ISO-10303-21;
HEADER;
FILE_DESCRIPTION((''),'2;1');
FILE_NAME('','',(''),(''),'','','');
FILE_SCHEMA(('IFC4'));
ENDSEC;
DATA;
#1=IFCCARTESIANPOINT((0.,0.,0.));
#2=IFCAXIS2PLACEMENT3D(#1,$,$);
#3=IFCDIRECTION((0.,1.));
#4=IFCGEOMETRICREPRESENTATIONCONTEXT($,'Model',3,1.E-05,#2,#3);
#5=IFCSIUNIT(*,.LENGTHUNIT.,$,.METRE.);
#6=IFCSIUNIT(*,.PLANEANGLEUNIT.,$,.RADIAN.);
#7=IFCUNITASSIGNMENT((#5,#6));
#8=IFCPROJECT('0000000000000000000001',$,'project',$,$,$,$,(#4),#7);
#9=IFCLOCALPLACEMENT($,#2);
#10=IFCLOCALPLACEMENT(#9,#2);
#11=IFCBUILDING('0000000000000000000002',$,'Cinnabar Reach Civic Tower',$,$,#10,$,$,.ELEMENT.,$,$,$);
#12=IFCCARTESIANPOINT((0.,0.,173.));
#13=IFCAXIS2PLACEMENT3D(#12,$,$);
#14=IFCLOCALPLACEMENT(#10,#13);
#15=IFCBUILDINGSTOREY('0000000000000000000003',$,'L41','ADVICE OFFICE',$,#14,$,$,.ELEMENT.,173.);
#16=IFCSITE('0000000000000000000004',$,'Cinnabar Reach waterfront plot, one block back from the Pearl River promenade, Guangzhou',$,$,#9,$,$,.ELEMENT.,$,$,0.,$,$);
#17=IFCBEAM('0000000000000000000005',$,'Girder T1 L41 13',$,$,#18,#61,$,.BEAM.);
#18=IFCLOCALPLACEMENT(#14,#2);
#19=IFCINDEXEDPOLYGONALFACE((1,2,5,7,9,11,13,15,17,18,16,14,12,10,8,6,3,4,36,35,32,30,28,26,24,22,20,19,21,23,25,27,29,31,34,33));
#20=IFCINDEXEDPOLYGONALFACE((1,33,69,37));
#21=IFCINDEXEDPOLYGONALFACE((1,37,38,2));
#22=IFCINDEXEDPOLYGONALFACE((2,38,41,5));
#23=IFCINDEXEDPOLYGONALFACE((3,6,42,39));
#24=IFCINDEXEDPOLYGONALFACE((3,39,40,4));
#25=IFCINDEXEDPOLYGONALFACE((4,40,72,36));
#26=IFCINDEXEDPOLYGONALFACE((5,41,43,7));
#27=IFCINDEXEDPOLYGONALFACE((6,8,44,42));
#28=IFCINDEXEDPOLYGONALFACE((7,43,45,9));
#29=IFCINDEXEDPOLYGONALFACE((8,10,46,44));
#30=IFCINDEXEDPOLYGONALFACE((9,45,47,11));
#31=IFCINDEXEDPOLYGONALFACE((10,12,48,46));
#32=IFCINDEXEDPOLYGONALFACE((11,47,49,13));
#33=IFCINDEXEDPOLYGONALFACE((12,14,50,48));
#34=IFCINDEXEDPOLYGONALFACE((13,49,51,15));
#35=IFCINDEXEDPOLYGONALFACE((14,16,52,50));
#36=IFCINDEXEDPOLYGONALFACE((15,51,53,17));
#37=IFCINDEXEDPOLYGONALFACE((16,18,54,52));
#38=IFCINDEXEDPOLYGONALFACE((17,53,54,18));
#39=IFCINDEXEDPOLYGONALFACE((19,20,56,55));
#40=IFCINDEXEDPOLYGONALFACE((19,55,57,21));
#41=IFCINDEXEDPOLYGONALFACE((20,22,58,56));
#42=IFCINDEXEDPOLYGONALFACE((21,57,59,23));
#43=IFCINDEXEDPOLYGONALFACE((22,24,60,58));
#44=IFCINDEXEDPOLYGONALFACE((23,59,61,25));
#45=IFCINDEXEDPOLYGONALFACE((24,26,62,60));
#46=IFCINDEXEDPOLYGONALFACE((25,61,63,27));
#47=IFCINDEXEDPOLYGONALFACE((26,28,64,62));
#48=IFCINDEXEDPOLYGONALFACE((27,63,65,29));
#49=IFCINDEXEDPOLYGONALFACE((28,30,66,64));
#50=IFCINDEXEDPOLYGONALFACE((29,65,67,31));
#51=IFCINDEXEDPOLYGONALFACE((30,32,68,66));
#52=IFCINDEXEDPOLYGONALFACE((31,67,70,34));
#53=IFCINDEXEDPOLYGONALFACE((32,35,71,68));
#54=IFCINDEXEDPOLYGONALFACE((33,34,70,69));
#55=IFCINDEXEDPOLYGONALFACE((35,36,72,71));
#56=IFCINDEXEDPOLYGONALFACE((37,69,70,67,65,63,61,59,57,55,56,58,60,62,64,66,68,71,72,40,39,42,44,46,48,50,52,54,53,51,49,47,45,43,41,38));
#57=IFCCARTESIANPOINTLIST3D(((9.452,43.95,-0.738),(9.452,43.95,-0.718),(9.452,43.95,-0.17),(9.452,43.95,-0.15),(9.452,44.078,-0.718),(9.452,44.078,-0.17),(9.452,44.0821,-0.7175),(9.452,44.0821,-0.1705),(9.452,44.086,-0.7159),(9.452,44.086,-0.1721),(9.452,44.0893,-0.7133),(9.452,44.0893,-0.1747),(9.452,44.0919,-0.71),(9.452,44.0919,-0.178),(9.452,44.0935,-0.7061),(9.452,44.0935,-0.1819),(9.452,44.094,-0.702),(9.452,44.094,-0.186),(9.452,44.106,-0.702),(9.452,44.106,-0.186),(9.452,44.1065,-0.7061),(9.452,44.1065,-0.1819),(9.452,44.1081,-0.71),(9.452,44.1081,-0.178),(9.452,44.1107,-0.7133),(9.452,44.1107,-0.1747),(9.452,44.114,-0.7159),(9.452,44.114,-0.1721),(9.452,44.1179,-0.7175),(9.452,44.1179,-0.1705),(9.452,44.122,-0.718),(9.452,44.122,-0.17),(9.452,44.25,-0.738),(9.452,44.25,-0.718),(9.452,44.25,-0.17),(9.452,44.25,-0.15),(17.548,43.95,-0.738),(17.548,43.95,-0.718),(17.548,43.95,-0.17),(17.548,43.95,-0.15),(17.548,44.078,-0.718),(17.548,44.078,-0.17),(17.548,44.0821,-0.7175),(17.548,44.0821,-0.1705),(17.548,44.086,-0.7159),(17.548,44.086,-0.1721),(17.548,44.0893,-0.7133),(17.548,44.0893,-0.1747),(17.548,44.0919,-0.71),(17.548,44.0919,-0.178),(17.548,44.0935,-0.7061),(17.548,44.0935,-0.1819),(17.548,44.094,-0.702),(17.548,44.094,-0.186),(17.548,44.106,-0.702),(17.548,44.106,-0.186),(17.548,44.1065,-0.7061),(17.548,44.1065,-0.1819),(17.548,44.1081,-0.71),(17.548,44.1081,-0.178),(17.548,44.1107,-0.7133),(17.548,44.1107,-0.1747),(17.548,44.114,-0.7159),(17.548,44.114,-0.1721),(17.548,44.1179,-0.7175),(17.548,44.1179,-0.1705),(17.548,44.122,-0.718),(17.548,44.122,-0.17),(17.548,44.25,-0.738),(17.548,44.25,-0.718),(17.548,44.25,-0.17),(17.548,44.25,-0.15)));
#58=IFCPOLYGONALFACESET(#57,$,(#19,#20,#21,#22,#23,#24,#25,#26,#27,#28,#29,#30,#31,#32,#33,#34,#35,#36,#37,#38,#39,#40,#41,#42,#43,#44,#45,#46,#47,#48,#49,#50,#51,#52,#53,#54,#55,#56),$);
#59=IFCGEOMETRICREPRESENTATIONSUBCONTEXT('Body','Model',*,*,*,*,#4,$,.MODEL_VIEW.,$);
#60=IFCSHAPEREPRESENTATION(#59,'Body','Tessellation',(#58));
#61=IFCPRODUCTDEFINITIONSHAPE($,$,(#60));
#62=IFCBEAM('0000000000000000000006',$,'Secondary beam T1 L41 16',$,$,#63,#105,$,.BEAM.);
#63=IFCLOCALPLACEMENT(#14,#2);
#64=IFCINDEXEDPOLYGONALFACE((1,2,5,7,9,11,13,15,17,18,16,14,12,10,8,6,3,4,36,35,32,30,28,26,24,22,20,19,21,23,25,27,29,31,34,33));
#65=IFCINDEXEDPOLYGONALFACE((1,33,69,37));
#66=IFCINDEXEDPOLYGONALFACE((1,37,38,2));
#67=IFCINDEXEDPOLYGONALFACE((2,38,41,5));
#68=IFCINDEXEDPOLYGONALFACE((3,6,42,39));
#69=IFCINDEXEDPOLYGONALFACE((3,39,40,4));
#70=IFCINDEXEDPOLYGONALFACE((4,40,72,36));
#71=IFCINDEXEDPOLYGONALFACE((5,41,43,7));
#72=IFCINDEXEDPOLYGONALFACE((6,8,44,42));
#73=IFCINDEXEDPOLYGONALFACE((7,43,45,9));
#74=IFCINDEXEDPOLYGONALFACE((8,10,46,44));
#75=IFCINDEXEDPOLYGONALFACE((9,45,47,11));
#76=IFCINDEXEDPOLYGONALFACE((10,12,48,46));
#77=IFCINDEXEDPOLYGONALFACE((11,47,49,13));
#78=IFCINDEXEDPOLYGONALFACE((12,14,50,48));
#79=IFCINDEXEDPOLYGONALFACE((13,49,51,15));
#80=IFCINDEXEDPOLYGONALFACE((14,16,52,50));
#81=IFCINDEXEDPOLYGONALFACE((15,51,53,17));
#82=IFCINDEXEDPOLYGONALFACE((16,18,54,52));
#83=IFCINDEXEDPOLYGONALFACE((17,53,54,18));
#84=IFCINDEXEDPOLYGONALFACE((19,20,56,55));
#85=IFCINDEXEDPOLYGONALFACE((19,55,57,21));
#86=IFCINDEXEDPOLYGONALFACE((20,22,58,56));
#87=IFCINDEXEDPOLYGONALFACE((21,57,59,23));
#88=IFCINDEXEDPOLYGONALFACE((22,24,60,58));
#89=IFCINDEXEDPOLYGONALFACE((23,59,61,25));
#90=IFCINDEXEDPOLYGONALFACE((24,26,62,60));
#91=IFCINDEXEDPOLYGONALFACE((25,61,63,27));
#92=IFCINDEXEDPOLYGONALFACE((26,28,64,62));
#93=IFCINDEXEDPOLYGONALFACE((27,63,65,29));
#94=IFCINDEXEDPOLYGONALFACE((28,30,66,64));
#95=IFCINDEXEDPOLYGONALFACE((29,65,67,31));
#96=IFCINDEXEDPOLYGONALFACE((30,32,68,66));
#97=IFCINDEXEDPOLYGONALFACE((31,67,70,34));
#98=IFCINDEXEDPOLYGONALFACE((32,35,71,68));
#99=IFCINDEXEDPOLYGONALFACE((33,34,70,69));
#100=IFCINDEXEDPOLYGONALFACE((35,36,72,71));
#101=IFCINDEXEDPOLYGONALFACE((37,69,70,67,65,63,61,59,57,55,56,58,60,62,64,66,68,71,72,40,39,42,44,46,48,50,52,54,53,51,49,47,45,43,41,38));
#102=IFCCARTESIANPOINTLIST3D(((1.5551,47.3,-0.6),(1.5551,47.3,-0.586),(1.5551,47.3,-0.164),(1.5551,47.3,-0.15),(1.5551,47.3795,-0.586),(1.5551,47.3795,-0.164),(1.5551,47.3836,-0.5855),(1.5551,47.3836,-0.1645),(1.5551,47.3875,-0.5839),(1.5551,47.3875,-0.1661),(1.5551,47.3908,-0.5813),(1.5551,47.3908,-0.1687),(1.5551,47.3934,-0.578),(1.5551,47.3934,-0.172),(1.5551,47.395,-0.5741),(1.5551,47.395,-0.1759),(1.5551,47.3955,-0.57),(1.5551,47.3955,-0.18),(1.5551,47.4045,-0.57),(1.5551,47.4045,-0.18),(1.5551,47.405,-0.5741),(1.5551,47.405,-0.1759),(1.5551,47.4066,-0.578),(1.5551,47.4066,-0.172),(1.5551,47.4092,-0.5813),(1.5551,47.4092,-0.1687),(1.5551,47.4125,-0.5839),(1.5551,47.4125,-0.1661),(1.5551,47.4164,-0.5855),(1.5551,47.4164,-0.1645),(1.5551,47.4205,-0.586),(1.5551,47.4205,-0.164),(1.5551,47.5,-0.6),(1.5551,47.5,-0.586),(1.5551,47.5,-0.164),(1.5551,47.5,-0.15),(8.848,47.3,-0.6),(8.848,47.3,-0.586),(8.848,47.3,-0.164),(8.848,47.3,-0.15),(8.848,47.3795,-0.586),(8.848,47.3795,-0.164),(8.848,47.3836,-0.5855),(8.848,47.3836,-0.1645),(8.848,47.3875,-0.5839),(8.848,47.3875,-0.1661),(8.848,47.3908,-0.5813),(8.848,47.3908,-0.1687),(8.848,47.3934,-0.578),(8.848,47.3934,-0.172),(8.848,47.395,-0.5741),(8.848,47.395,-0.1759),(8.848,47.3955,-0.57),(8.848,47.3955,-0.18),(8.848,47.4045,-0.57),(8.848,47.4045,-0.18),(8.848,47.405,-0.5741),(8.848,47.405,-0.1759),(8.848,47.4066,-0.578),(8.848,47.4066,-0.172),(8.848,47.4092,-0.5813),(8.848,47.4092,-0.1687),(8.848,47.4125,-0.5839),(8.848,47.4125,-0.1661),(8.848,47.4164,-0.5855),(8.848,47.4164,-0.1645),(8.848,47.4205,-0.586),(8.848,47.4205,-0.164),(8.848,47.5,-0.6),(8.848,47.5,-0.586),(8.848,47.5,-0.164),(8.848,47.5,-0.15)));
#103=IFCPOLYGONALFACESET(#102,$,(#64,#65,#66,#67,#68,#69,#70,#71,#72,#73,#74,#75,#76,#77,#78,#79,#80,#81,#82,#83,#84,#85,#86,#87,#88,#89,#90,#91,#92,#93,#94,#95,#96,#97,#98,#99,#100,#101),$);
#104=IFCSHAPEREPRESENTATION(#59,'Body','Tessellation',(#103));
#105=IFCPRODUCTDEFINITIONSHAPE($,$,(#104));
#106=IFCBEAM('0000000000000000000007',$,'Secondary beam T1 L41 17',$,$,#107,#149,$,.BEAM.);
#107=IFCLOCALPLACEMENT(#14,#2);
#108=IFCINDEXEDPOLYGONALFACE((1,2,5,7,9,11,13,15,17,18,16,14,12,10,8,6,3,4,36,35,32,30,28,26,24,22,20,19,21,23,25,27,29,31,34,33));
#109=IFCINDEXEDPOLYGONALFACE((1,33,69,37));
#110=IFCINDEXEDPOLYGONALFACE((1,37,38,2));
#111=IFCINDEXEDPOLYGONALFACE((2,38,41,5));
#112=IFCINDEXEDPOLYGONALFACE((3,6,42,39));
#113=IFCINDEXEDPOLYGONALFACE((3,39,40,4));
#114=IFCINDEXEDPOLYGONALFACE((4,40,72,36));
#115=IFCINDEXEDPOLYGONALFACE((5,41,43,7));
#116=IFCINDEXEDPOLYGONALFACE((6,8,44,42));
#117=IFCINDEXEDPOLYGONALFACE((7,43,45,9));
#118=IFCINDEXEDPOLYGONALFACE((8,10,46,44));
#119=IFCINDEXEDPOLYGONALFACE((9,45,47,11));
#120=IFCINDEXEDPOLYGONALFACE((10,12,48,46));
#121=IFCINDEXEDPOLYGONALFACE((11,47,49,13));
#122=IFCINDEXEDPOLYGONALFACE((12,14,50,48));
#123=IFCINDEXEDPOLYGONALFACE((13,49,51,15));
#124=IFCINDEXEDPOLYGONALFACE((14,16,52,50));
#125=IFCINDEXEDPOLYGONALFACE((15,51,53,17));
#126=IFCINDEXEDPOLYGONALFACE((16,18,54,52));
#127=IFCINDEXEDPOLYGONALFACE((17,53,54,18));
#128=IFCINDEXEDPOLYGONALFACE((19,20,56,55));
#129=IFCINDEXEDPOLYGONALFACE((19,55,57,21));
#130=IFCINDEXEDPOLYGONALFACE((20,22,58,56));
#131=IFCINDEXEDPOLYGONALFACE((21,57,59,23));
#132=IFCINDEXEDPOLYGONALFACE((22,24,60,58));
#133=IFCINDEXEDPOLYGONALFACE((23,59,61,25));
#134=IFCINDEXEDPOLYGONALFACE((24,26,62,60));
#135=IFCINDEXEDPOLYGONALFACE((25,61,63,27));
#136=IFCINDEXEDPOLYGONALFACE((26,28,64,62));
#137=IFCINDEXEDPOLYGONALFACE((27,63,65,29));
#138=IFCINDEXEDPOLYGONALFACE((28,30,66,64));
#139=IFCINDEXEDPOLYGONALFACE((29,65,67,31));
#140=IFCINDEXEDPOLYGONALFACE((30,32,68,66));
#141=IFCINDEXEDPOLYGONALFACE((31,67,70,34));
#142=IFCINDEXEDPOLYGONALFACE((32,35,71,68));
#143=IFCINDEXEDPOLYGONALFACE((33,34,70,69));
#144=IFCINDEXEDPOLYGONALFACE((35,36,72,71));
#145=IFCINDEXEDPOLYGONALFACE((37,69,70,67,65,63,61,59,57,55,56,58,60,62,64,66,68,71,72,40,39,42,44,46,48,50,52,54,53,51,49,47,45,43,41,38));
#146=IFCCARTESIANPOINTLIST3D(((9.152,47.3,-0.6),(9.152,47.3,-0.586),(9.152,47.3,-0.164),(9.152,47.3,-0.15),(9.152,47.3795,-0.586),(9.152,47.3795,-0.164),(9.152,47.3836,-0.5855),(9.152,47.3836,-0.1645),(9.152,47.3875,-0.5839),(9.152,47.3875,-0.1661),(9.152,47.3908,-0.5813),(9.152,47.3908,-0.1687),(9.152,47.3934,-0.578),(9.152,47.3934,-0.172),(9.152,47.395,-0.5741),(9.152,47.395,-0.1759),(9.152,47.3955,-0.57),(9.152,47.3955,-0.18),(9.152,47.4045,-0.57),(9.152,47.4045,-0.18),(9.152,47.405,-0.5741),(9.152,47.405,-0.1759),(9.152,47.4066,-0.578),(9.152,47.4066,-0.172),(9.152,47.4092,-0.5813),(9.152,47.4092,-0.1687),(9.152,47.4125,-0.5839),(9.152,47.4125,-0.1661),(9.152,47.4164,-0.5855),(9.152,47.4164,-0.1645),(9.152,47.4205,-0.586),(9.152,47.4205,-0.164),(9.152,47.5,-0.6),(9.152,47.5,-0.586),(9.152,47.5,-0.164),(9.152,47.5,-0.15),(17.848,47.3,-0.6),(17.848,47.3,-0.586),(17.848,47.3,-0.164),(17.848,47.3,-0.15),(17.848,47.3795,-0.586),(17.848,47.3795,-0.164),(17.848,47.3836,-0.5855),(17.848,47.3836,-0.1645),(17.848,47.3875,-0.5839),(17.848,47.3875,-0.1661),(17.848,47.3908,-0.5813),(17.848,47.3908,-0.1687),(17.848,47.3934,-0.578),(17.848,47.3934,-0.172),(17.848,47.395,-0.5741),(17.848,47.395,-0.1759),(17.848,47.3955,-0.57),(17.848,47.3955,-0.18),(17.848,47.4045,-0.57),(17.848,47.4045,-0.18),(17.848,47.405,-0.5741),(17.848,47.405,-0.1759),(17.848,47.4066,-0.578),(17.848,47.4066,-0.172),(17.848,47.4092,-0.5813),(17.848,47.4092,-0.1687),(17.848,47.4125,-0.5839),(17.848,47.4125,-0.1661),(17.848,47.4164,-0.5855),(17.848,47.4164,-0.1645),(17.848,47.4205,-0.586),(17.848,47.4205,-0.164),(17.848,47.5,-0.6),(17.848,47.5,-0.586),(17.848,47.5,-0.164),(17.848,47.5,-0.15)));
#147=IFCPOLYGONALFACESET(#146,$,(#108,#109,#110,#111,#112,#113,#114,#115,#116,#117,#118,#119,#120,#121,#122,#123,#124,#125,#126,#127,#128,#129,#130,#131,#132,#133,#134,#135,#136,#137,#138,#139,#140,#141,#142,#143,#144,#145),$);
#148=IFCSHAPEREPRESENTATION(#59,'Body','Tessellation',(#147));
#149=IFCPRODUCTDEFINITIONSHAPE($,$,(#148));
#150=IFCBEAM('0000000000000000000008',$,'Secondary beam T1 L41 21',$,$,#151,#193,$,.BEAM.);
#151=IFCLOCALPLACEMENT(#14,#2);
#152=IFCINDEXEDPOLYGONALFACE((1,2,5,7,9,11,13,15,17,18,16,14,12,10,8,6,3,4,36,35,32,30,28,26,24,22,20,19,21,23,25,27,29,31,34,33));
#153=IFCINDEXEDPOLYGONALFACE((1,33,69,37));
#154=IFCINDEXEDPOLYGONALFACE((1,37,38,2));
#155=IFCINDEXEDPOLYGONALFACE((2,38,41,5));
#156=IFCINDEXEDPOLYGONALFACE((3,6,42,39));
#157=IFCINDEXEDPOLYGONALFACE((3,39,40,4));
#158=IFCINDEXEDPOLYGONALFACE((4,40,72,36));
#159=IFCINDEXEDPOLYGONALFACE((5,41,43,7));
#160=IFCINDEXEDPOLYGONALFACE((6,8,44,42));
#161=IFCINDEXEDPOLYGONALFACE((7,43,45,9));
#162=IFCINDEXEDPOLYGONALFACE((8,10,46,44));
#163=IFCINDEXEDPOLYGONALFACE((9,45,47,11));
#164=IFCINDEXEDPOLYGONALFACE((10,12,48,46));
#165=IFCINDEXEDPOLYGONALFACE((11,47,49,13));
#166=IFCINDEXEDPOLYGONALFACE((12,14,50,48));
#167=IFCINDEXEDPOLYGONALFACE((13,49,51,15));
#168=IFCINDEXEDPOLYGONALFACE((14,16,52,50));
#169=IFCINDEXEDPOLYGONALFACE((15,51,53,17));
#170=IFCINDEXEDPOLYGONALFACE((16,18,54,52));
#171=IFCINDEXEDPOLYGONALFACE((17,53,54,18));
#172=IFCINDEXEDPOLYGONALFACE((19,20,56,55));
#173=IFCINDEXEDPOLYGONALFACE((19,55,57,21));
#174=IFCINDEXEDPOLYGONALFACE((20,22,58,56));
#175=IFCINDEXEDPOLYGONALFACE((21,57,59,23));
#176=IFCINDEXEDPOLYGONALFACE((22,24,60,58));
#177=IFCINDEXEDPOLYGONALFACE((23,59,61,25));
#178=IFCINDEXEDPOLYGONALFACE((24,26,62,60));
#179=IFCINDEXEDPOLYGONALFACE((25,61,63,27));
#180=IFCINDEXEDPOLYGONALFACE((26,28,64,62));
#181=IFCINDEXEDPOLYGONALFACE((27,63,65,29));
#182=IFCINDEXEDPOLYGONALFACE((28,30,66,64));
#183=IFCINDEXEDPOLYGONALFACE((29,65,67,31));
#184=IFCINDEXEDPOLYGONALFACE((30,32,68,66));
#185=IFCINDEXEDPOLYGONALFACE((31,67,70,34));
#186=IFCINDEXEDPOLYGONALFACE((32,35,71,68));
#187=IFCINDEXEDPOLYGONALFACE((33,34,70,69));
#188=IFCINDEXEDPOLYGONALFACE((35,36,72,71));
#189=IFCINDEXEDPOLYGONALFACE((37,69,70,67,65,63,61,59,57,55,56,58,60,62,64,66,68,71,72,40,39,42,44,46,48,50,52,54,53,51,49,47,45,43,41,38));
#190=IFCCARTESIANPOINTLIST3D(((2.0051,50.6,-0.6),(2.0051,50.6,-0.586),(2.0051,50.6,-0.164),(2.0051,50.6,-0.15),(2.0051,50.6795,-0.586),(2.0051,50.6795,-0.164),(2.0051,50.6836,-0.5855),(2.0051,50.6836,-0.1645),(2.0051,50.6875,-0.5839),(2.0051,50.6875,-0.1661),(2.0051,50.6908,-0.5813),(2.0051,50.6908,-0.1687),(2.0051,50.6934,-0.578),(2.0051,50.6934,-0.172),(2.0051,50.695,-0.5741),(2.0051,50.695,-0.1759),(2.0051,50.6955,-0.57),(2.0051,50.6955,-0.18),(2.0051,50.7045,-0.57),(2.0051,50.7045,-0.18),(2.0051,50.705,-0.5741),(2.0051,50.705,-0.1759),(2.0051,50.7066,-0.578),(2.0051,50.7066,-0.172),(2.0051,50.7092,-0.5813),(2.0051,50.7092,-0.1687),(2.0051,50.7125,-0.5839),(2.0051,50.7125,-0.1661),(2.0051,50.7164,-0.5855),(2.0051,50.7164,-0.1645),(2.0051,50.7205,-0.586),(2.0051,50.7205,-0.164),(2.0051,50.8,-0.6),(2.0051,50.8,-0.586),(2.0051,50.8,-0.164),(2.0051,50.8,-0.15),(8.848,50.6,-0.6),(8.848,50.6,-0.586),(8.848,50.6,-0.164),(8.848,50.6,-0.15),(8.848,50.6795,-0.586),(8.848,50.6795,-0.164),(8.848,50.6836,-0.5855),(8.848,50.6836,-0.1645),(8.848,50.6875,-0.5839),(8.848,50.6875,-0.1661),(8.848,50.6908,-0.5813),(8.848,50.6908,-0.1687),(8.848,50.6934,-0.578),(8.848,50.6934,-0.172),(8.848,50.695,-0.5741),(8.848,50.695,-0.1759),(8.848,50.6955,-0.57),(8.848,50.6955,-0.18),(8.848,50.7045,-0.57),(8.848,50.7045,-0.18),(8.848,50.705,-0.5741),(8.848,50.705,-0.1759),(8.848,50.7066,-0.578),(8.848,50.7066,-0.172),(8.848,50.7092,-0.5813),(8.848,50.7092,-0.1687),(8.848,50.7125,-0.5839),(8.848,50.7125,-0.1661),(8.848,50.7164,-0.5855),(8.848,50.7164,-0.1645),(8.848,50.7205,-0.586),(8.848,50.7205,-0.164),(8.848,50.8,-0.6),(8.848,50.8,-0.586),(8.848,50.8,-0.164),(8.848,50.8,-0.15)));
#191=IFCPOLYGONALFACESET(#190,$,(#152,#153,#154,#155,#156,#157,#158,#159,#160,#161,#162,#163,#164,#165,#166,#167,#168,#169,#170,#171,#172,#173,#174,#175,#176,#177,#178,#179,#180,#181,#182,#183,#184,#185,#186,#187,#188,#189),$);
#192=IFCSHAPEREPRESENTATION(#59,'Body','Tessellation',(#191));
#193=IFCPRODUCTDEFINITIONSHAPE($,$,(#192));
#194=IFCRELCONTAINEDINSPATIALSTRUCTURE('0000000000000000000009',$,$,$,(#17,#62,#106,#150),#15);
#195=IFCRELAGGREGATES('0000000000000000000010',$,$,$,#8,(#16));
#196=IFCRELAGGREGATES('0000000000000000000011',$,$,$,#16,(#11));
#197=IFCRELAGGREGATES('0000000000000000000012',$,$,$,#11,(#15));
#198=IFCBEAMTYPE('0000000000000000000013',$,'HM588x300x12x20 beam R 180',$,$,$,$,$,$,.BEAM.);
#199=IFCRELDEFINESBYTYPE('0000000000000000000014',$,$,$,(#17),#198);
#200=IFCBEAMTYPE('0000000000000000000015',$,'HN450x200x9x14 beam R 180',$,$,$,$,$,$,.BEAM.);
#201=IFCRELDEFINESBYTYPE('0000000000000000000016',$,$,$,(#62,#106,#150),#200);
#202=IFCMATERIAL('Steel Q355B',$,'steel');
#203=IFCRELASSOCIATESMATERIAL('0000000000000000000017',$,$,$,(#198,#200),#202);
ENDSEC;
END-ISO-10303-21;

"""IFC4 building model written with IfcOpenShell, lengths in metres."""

from ifc_helpers import new_model, si_unit, direction, frame, origin, origin_2d, place, context, subcontext, project, spatial, i_section, extrude, material, material_profile, profile_set, type_object, element, save


model = new_model("IFC4")

# Units and contexts
model_context = context("Model", 3, precision=1e-05, world=origin(), true_north=direction((0.0, 1.0)))
body_context = subcontext(model_context, "Body", "Model", "MODEL_VIEW")
ifc_project = project(units=[si_unit("LENGTHUNIT", "METRE"), si_unit("PLANEANGLEUNIT", "RADIAN")], contexts=[model_context])

# Site, building, storey
site_placement = place(None, origin())
site = spatial("IfcSite", under=ifc_project, at=site_placement, Name="Cinnabar Reach waterfront plot, one block back from the Pearl River promenade, Guangzhou", CompositionType="ELEMENT", RefElevation=0.0)
building_placement = place(site_placement, origin())
building = spatial("IfcBuilding", under=site, at=building_placement, Name="Cinnabar Reach Civic Tower", CompositionType="ELEMENT")
storey_placement = place(building_placement, frame((0.0, 0.0, 173.0)))
storey = spatial("IfcBuildingStorey", under=building, at=storey_placement, Name="L41", Description="ADVICE OFFICE", CompositionType="ELEMENT", Elevation=173.0)

# Beams
ifc_material_1 = material(Name="Steel Q355B", Category="steel")
ifc_material_profile_1 = material_profile(ifc_material_1, i_section(OverallWidth=0.3, OverallDepth=0.588, WebThickness=0.012, FlangeThickness=0.02, FilletRadius=0.016, at=origin_2d()), Name="HM588x300x12x20")
ifc_profile_set_1 = profile_set([ifc_material_profile_1], Name="Steel Q355B")
beam_type_1 = type_object("IfcBeamType", Name="HM588x300x12x20 beam R 180", PredefinedType="BEAM", material=ifc_profile_set_1)
beam_1_placement = place(storey_placement, frame((9.452, 44.1, -0.444), z_axis=(1.0, 0.0, 0.0), x_axis=(0.0, 1.0, 0.0)))
element("IfcBeam", 1, at=beam_1_placement, inside=storey, type_object=beam_type_1, Name="Girder T1 L41 13", PredefinedType="BEAM", context=body_context, shape_type="SweptSolid", body=[
    extrude(i_section(OverallWidth=0.3, OverallDepth=0.588, WebThickness=0.012, FlangeThickness=0.02, FilletRadius=0.016, at=origin_2d()), origin(), (0.0, 0.0, 1.0), 8.096),
])
ifc_material_profile_2 = material_profile(ifc_material_1, i_section(OverallWidth=0.2, OverallDepth=0.45, WebThickness=0.009, FlangeThickness=0.014, FilletRadius=0.016, at=origin_2d()), Name="HN450x200x9x14")
ifc_profile_set_2 = profile_set([ifc_material_profile_2], Name="Steel Q355B")
beam_type_2 = type_object("IfcBeamType", Name="HN450x200x9x14 beam R 180", PredefinedType="BEAM", material=ifc_profile_set_2)
beam_2_placement = place(storey_placement, frame((1.5551, 47.4, -0.375), z_axis=(1.0, 0.0, 0.0), x_axis=(0.0, 1.0, 0.0)))
element("IfcBeam", 2, at=beam_2_placement, inside=storey, type_object=beam_type_2, Name="Secondary beam T1 L41 16", PredefinedType="BEAM", context=body_context, shape_type="SweptSolid", body=[
    extrude(i_section(OverallWidth=0.2, OverallDepth=0.45, WebThickness=0.009, FlangeThickness=0.014, FilletRadius=0.016, at=origin_2d()), origin(), (0.0, 0.0, 1.0), 7.2929),
])
beam_3_placement = place(storey_placement, frame((9.152, 47.4, -0.375), z_axis=(1.0, 0.0, 0.0), x_axis=(0.0, 1.0, 0.0)))
element("IfcBeam", 3, at=beam_3_placement, inside=storey, type_object=beam_type_2, Name="Secondary beam T1 L41 17", PredefinedType="BEAM", context=body_context, shape_type="SweptSolid", body=[
    extrude(i_section(OverallWidth=0.2, OverallDepth=0.45, WebThickness=0.009, FlangeThickness=0.014, FilletRadius=0.016, at=origin_2d()), origin(), (0.0, 0.0, 1.0), 8.696),
])
beam_4_placement = place(storey_placement, frame((2.0051, 50.7, -0.375), z_axis=(1.0, 0.0, 0.0), x_axis=(0.0, 1.0, 0.0)))
element("IfcBeam", 4, at=beam_4_placement, inside=storey, type_object=beam_type_2, Name="Secondary beam T1 L41 21", PredefinedType="BEAM", context=body_context, shape_type="SweptSolid", body=[
    extrude(i_section(OverallWidth=0.2, OverallDepth=0.45, WebThickness=0.009, FlangeThickness=0.014, FilletRadius=0.016, at=origin_2d()), origin(), (0.0, 0.0, 1.0), 6.8429),
])

save(model, "model.ifc")
